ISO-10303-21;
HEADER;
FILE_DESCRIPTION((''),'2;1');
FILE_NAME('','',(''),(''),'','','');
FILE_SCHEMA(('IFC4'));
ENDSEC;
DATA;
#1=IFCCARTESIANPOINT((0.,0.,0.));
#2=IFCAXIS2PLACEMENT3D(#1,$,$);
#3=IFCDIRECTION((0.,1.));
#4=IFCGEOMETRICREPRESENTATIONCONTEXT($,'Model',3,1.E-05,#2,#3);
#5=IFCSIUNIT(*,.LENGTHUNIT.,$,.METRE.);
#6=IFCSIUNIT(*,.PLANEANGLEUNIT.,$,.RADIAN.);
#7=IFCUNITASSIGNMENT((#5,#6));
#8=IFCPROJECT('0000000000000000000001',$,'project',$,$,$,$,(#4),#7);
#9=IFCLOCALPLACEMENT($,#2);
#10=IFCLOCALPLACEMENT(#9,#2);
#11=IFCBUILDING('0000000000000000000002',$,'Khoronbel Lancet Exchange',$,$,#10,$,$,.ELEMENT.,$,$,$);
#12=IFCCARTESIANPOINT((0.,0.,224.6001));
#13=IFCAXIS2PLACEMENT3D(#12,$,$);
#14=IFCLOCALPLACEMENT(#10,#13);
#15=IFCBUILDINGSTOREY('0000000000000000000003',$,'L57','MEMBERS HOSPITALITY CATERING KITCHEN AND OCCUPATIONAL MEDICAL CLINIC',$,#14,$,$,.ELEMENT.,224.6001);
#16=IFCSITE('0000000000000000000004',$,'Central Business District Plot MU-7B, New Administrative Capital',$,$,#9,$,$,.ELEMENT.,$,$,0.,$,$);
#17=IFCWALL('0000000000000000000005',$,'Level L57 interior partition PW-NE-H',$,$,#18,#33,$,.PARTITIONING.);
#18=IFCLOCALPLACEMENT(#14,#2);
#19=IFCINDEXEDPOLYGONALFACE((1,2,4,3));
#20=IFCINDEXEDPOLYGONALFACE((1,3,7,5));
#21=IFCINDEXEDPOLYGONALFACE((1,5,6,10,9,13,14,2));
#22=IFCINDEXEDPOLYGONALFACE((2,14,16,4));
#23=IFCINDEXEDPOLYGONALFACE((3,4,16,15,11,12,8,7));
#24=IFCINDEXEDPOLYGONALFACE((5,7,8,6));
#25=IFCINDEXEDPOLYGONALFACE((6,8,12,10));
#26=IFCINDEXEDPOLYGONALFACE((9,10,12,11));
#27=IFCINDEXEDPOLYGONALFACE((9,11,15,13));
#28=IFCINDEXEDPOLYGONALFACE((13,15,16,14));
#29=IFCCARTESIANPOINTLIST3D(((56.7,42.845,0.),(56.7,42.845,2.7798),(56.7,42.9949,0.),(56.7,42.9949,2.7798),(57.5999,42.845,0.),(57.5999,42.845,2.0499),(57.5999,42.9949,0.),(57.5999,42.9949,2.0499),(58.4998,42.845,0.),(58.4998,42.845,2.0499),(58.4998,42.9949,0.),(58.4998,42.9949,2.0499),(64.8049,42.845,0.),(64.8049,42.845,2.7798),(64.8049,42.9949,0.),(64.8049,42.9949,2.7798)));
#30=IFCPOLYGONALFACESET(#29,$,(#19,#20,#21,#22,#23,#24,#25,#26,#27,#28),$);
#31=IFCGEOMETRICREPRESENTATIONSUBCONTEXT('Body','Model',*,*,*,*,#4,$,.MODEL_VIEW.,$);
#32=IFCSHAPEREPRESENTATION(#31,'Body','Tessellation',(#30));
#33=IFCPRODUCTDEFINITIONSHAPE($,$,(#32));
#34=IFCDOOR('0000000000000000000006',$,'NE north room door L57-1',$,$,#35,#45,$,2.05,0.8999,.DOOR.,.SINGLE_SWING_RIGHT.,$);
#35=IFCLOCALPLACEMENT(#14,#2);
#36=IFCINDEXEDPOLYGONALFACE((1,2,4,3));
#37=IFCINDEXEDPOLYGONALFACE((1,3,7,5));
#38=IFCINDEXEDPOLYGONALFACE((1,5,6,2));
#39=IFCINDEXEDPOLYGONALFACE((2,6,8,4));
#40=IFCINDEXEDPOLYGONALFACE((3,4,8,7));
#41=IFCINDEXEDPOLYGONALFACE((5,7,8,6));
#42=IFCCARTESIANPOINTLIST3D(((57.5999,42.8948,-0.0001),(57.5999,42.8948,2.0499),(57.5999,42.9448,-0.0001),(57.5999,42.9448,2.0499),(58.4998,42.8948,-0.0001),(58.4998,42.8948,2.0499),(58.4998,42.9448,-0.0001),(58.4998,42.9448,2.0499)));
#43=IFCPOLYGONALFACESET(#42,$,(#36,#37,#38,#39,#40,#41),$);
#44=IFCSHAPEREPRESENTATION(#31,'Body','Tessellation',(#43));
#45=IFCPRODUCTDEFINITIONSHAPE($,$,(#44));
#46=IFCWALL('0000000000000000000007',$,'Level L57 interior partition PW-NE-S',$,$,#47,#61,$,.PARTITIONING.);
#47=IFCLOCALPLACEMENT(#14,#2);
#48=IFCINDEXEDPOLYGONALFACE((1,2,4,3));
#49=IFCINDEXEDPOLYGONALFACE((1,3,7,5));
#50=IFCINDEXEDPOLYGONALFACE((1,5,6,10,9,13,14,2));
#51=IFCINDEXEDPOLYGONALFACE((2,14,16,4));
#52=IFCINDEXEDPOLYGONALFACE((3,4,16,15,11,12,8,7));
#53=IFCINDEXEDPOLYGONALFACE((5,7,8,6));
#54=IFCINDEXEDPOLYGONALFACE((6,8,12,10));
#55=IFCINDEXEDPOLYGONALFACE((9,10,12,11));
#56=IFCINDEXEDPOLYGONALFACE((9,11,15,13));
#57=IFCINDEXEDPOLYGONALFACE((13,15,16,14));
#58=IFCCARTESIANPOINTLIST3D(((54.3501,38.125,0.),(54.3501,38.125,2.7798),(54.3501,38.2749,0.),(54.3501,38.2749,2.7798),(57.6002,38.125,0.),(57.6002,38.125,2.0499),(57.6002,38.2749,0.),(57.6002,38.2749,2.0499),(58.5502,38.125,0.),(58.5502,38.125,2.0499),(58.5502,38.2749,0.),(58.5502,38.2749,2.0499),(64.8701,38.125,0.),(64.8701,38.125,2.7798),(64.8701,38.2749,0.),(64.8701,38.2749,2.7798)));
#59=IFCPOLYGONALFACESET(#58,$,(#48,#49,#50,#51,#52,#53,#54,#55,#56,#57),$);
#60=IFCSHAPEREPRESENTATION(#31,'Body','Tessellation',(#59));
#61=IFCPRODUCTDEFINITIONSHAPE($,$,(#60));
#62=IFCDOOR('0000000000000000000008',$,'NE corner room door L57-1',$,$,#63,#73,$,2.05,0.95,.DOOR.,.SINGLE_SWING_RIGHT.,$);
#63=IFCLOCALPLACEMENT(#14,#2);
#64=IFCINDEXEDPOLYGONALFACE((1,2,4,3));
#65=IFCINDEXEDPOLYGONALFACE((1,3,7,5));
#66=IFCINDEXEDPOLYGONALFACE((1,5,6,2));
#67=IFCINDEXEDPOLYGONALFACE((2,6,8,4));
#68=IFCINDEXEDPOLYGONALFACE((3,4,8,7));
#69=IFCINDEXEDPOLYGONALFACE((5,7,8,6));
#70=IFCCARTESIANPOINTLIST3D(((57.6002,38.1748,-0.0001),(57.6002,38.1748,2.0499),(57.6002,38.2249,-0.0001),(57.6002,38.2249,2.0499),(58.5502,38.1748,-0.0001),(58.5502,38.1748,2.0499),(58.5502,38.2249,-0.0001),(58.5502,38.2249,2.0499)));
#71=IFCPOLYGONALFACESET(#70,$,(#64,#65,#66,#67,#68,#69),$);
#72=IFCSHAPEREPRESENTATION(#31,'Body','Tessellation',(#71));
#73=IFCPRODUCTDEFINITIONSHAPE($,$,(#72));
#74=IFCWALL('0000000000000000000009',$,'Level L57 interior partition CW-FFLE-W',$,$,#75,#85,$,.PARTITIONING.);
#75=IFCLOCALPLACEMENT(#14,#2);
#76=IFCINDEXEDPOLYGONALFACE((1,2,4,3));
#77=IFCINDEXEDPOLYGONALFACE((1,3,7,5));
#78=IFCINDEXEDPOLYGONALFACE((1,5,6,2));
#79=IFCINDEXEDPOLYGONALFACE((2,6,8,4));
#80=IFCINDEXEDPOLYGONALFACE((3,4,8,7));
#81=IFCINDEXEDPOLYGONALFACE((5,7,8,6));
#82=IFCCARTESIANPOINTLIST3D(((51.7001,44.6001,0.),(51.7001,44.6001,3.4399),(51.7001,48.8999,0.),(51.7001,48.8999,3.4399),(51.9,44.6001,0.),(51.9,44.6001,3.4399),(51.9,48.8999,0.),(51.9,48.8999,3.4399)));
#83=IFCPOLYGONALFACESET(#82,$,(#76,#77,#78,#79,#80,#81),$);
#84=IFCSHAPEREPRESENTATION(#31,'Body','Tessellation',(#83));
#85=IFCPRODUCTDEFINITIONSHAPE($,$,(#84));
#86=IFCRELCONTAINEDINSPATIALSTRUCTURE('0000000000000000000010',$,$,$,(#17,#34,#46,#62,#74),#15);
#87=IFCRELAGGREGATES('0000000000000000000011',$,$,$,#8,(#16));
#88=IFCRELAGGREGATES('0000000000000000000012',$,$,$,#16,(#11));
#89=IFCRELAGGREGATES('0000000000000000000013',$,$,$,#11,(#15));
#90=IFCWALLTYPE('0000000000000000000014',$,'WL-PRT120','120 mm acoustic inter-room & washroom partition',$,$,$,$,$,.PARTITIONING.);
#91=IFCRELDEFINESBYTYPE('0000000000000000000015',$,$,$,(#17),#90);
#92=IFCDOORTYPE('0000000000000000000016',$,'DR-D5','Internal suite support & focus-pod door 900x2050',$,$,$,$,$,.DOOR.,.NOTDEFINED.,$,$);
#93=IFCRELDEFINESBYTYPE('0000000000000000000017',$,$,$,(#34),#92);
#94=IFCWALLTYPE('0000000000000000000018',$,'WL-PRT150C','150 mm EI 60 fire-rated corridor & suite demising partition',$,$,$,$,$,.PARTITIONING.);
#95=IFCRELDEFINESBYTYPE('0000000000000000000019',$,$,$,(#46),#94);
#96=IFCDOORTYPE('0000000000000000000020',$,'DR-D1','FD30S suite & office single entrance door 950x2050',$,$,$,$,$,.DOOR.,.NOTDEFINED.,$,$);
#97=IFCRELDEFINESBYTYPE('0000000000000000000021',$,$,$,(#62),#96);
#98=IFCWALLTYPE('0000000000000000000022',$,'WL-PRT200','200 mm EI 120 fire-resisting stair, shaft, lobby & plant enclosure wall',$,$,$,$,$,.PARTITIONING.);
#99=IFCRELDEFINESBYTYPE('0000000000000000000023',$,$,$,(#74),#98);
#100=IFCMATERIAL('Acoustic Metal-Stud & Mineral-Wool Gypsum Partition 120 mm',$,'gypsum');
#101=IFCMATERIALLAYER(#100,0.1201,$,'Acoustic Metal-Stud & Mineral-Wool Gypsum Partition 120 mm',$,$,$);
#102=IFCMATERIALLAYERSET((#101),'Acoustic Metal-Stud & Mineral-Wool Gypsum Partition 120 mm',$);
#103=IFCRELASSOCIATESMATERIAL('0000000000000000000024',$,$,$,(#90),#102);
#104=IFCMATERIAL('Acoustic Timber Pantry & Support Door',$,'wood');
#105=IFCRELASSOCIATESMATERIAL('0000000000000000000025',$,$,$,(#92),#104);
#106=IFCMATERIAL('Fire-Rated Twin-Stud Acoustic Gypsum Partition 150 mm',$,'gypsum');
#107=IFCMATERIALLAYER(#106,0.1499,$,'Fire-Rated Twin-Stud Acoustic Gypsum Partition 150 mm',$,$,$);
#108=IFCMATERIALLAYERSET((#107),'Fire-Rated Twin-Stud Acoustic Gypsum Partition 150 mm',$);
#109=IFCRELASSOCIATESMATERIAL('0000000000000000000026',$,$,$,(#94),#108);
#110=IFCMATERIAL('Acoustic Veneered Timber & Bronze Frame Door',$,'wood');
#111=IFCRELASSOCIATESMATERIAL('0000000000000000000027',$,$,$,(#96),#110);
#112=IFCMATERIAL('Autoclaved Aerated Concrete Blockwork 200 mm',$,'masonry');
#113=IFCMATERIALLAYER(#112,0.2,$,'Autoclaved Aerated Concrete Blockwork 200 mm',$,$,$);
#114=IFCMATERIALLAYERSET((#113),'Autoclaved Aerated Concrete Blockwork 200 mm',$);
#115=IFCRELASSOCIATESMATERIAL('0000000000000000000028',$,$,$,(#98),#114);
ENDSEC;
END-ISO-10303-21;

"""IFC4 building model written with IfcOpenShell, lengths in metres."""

from ifc_helpers import new_model, si_unit, direction, frame, frame_2d, origin, place, context, subcontext, project, spatial, rectangle, extrude, material, layer, layer_set, type_object, element, fill, save


model = new_model("IFC4")

# Units and contexts
model_context = context("Model", 3, precision=1e-05, world=origin(), true_north=direction((0.0, 1.0)))
body_context = subcontext(model_context, "Body", "Model", "MODEL_VIEW")
ifc_project = project(units=[si_unit("LENGTHUNIT", "METRE"), si_unit("PLANEANGLEUNIT", "RADIAN")], contexts=[model_context])

# Site, building, storey
site_placement = place(None, origin())
site = spatial("IfcSite", under=ifc_project, at=site_placement, Name="Central Business District Plot MU-7B, New Administrative Capital", CompositionType="ELEMENT", RefElevation=0.0)
building_placement = place(site_placement, origin())
building = spatial("IfcBuilding", under=site, at=building_placement, Name="Khoronbel Lancet Exchange", CompositionType="ELEMENT")
storey_placement = place(building_placement, frame((0.0, 0.0, 224.6001)))
storey = spatial("IfcBuildingStorey", under=building, at=storey_placement, Name="L57", Description="MEMBERS HOSPITALITY CATERING KITCHEN AND OCCUPATIONAL MEDICAL CLINIC", CompositionType="ELEMENT", Elevation=224.6001)

# Shared definitions
ifc_material_1 = material(Name="Acoustic Metal-Stud & Mineral-Wool Gypsum Partition 120 mm", Category="gypsum")
ifc_layer_1 = layer(ifc_material_1, 0.1201, Name="Acoustic Metal-Stud & Mineral-Wool Gypsum Partition 120 mm")
ifc_layer_set_1 = layer_set([ifc_layer_1], Name="Acoustic Metal-Stud & Mineral-Wool Gypsum Partition 120 mm")
wall_type_1 = type_object("IfcWallType", Name="WL-PRT120", Description="120 mm acoustic inter-room & washroom partition", PredefinedType="PARTITIONING", material=ifc_layer_set_1)

# Walls, openings, doors
wall_1_placement = place(storey_placement, frame((56.7, 42.9199, 0.0), z_axis=(0.0, 0.0, 1.0), x_axis=(1.0, 0.0, 0.0)))
wall_1 = element("IfcWall", 1, at=wall_1_placement, inside=storey, type_object=wall_type_1, Name="Level L57 interior partition PW-NE-H", PredefinedType="PARTITIONING", context=body_context, shape_type="SweptSolid", body=[
    extrude(rectangle(XDim=8.105, YDim=0.1499, at=frame_2d((4.0525, 0.0))), origin(), (0.0, 0.0, 1.0), 2.7798),
])
opening_1_placement = place(wall_1_placement, frame((0.8999, 0.0, 0.0)))
opening_1 = element("IfcOpeningElement", 2, at=opening_1_placement, cuts=wall_1, PredefinedType="OPENING", context=body_context, shape_type="SweptSolid", body=[
    extrude(rectangle(XDim=0.8999, YDim=2.05, at=frame_2d((0.45, 1.0249))), frame((0.0, 0.085, 0.0), z_axis=(0.0, -1.0, 0.0), x_axis=(1.0, 0.0, 0.0)), (0.0, 0.0, 1.0), 0.1699),
])
ifc_material_2 = material(Name="Acoustic Timber Pantry & Support Door", Category="wood")
door_type_1 = type_object("IfcDoorType", Name="DR-D5", Description="Internal suite support & focus-pod door 900x2050", OperationType="NOTDEFINED", PredefinedType="DOOR", material=ifc_material_2)
door_1_placement = place(opening_1_placement, origin())
door_1 = element("IfcDoor", 3, at=door_1_placement, inside=storey, type_object=door_type_1, Name="NE north room door L57-1", OperationType="SINGLE_SWING_RIGHT", OverallHeight=2.05, OverallWidth=0.8999, PredefinedType="DOOR", context=body_context, shape_type="SweptSolid", body=[
    extrude(rectangle(XDim=0.8999, YDim=2.05, at=frame_2d((0.45, 1.0249))), frame((0.0, 0.0249, 0.0), z_axis=(0.0, -1.0, 0.0), x_axis=(1.0, 0.0, 0.0)), (0.0, 0.0, 1.0), 0.05),
])
fill(opening_1, door_1)
ifc_material_3 = material(Name="Fire-Rated Twin-Stud Acoustic Gypsum Partition 150 mm", Category="gypsum")
ifc_layer_2 = layer(ifc_material_3, 0.1499, Name="Fire-Rated Twin-Stud Acoustic Gypsum Partition 150 mm")
ifc_layer_set_2 = layer_set([ifc_layer_2], Name="Fire-Rated Twin-Stud Acoustic Gypsum Partition 150 mm")
wall_type_2 = type_object("IfcWallType", Name="WL-PRT150C", Description="150 mm EI 60 fire-rated corridor & suite demising partition", PredefinedType="PARTITIONING", material=ifc_layer_set_2)
wall_2_placement = place(storey_placement, frame((54.3501, 38.2, 0.0), z_axis=(0.0, 0.0, 1.0), x_axis=(1.0, 0.0, 0.0)))
wall_2 = element("IfcWall", 4, at=wall_2_placement, inside=storey, type_object=wall_type_2, Name="Level L57 interior partition PW-NE-S", PredefinedType="PARTITIONING", context=body_context, shape_type="SweptSolid", body=[
    extrude(rectangle(XDim=10.52, YDim=0.1499, at=frame_2d((5.26, 0.0))), origin(), (0.0, 0.0, 1.0), 2.7798),
])
opening_2_placement = place(wall_2_placement, frame((3.25, 0.0, 0.0)))
opening_2 = element("IfcOpeningElement", 5, at=opening_2_placement, cuts=wall_2, PredefinedType="OPENING", context=body_context, shape_type="SweptSolid", body=[
    extrude(rectangle(XDim=0.95, YDim=2.05, at=frame_2d((0.4751, 1.0249))), frame((0.0, 0.085, 0.0), z_axis=(0.0, -1.0, 0.0), x_axis=(1.0, 0.0, 0.0)), (0.0, 0.0, 1.0), 0.1699),
])
ifc_material_4 = material(Name="Acoustic Veneered Timber & Bronze Frame Door", Category="wood")
door_type_2 = type_object("IfcDoorType", Name="DR-D1", Description="FD30S suite & office single entrance door 950x2050", OperationType="NOTDEFINED", PredefinedType="DOOR", material=ifc_material_4)
door_2_placement = place(opening_2_placement, origin())
door_2 = element("IfcDoor", 6, at=door_2_placement, inside=storey, type_object=door_type_2, Name="NE corner room door L57-1", OperationType="SINGLE_SWING_RIGHT", OverallHeight=2.05, OverallWidth=0.95, PredefinedType="DOOR", context=body_context, shape_type="SweptSolid", body=[
    extrude(rectangle(XDim=0.95, YDim=2.05, at=frame_2d((0.4751, 1.0249))), frame((0.0, 0.0249, 0.0), z_axis=(0.0, -1.0, 0.0), x_axis=(1.0, 0.0, 0.0)), (0.0, 0.0, 1.0), 0.05),
])
fill(opening_2, door_2)

# Wall
ifc_material_5 = material(Name="Autoclaved Aerated Concrete Blockwork 200 mm", Category="masonry")
ifc_layer_3 = layer(ifc_material_5, 0.2, Name="Autoclaved Aerated Concrete Blockwork 200 mm")
ifc_layer_set_3 = layer_set([ifc_layer_3], Name="Autoclaved Aerated Concrete Blockwork 200 mm")
wall_type_3 = type_object("IfcWallType", Name="WL-PRT200", Description="200 mm EI 120 fire-resisting stair, shaft, lobby & plant enclosure wall", PredefinedType="PARTITIONING", material=ifc_layer_set_3)
wall_3_placement = place(storey_placement, frame((51.8, 44.6001, 0.0), z_axis=(0.0, 0.0, 1.0), x_axis=(0.0, 1.0, 0.0)))
element("IfcWall", 7, at=wall_3_placement, inside=storey, type_object=wall_type_3, Name="Level L57 interior partition CW-FFLE-W", PredefinedType="PARTITIONING", context=body_context, shape_type="SweptSolid", body=[
    extrude(rectangle(XDim=4.2998, YDim=0.2, at=frame_2d((2.1499, 0.0))), origin(), (0.0, 0.0, 1.0), 3.4399),
])

save(model, "model.ifc")
